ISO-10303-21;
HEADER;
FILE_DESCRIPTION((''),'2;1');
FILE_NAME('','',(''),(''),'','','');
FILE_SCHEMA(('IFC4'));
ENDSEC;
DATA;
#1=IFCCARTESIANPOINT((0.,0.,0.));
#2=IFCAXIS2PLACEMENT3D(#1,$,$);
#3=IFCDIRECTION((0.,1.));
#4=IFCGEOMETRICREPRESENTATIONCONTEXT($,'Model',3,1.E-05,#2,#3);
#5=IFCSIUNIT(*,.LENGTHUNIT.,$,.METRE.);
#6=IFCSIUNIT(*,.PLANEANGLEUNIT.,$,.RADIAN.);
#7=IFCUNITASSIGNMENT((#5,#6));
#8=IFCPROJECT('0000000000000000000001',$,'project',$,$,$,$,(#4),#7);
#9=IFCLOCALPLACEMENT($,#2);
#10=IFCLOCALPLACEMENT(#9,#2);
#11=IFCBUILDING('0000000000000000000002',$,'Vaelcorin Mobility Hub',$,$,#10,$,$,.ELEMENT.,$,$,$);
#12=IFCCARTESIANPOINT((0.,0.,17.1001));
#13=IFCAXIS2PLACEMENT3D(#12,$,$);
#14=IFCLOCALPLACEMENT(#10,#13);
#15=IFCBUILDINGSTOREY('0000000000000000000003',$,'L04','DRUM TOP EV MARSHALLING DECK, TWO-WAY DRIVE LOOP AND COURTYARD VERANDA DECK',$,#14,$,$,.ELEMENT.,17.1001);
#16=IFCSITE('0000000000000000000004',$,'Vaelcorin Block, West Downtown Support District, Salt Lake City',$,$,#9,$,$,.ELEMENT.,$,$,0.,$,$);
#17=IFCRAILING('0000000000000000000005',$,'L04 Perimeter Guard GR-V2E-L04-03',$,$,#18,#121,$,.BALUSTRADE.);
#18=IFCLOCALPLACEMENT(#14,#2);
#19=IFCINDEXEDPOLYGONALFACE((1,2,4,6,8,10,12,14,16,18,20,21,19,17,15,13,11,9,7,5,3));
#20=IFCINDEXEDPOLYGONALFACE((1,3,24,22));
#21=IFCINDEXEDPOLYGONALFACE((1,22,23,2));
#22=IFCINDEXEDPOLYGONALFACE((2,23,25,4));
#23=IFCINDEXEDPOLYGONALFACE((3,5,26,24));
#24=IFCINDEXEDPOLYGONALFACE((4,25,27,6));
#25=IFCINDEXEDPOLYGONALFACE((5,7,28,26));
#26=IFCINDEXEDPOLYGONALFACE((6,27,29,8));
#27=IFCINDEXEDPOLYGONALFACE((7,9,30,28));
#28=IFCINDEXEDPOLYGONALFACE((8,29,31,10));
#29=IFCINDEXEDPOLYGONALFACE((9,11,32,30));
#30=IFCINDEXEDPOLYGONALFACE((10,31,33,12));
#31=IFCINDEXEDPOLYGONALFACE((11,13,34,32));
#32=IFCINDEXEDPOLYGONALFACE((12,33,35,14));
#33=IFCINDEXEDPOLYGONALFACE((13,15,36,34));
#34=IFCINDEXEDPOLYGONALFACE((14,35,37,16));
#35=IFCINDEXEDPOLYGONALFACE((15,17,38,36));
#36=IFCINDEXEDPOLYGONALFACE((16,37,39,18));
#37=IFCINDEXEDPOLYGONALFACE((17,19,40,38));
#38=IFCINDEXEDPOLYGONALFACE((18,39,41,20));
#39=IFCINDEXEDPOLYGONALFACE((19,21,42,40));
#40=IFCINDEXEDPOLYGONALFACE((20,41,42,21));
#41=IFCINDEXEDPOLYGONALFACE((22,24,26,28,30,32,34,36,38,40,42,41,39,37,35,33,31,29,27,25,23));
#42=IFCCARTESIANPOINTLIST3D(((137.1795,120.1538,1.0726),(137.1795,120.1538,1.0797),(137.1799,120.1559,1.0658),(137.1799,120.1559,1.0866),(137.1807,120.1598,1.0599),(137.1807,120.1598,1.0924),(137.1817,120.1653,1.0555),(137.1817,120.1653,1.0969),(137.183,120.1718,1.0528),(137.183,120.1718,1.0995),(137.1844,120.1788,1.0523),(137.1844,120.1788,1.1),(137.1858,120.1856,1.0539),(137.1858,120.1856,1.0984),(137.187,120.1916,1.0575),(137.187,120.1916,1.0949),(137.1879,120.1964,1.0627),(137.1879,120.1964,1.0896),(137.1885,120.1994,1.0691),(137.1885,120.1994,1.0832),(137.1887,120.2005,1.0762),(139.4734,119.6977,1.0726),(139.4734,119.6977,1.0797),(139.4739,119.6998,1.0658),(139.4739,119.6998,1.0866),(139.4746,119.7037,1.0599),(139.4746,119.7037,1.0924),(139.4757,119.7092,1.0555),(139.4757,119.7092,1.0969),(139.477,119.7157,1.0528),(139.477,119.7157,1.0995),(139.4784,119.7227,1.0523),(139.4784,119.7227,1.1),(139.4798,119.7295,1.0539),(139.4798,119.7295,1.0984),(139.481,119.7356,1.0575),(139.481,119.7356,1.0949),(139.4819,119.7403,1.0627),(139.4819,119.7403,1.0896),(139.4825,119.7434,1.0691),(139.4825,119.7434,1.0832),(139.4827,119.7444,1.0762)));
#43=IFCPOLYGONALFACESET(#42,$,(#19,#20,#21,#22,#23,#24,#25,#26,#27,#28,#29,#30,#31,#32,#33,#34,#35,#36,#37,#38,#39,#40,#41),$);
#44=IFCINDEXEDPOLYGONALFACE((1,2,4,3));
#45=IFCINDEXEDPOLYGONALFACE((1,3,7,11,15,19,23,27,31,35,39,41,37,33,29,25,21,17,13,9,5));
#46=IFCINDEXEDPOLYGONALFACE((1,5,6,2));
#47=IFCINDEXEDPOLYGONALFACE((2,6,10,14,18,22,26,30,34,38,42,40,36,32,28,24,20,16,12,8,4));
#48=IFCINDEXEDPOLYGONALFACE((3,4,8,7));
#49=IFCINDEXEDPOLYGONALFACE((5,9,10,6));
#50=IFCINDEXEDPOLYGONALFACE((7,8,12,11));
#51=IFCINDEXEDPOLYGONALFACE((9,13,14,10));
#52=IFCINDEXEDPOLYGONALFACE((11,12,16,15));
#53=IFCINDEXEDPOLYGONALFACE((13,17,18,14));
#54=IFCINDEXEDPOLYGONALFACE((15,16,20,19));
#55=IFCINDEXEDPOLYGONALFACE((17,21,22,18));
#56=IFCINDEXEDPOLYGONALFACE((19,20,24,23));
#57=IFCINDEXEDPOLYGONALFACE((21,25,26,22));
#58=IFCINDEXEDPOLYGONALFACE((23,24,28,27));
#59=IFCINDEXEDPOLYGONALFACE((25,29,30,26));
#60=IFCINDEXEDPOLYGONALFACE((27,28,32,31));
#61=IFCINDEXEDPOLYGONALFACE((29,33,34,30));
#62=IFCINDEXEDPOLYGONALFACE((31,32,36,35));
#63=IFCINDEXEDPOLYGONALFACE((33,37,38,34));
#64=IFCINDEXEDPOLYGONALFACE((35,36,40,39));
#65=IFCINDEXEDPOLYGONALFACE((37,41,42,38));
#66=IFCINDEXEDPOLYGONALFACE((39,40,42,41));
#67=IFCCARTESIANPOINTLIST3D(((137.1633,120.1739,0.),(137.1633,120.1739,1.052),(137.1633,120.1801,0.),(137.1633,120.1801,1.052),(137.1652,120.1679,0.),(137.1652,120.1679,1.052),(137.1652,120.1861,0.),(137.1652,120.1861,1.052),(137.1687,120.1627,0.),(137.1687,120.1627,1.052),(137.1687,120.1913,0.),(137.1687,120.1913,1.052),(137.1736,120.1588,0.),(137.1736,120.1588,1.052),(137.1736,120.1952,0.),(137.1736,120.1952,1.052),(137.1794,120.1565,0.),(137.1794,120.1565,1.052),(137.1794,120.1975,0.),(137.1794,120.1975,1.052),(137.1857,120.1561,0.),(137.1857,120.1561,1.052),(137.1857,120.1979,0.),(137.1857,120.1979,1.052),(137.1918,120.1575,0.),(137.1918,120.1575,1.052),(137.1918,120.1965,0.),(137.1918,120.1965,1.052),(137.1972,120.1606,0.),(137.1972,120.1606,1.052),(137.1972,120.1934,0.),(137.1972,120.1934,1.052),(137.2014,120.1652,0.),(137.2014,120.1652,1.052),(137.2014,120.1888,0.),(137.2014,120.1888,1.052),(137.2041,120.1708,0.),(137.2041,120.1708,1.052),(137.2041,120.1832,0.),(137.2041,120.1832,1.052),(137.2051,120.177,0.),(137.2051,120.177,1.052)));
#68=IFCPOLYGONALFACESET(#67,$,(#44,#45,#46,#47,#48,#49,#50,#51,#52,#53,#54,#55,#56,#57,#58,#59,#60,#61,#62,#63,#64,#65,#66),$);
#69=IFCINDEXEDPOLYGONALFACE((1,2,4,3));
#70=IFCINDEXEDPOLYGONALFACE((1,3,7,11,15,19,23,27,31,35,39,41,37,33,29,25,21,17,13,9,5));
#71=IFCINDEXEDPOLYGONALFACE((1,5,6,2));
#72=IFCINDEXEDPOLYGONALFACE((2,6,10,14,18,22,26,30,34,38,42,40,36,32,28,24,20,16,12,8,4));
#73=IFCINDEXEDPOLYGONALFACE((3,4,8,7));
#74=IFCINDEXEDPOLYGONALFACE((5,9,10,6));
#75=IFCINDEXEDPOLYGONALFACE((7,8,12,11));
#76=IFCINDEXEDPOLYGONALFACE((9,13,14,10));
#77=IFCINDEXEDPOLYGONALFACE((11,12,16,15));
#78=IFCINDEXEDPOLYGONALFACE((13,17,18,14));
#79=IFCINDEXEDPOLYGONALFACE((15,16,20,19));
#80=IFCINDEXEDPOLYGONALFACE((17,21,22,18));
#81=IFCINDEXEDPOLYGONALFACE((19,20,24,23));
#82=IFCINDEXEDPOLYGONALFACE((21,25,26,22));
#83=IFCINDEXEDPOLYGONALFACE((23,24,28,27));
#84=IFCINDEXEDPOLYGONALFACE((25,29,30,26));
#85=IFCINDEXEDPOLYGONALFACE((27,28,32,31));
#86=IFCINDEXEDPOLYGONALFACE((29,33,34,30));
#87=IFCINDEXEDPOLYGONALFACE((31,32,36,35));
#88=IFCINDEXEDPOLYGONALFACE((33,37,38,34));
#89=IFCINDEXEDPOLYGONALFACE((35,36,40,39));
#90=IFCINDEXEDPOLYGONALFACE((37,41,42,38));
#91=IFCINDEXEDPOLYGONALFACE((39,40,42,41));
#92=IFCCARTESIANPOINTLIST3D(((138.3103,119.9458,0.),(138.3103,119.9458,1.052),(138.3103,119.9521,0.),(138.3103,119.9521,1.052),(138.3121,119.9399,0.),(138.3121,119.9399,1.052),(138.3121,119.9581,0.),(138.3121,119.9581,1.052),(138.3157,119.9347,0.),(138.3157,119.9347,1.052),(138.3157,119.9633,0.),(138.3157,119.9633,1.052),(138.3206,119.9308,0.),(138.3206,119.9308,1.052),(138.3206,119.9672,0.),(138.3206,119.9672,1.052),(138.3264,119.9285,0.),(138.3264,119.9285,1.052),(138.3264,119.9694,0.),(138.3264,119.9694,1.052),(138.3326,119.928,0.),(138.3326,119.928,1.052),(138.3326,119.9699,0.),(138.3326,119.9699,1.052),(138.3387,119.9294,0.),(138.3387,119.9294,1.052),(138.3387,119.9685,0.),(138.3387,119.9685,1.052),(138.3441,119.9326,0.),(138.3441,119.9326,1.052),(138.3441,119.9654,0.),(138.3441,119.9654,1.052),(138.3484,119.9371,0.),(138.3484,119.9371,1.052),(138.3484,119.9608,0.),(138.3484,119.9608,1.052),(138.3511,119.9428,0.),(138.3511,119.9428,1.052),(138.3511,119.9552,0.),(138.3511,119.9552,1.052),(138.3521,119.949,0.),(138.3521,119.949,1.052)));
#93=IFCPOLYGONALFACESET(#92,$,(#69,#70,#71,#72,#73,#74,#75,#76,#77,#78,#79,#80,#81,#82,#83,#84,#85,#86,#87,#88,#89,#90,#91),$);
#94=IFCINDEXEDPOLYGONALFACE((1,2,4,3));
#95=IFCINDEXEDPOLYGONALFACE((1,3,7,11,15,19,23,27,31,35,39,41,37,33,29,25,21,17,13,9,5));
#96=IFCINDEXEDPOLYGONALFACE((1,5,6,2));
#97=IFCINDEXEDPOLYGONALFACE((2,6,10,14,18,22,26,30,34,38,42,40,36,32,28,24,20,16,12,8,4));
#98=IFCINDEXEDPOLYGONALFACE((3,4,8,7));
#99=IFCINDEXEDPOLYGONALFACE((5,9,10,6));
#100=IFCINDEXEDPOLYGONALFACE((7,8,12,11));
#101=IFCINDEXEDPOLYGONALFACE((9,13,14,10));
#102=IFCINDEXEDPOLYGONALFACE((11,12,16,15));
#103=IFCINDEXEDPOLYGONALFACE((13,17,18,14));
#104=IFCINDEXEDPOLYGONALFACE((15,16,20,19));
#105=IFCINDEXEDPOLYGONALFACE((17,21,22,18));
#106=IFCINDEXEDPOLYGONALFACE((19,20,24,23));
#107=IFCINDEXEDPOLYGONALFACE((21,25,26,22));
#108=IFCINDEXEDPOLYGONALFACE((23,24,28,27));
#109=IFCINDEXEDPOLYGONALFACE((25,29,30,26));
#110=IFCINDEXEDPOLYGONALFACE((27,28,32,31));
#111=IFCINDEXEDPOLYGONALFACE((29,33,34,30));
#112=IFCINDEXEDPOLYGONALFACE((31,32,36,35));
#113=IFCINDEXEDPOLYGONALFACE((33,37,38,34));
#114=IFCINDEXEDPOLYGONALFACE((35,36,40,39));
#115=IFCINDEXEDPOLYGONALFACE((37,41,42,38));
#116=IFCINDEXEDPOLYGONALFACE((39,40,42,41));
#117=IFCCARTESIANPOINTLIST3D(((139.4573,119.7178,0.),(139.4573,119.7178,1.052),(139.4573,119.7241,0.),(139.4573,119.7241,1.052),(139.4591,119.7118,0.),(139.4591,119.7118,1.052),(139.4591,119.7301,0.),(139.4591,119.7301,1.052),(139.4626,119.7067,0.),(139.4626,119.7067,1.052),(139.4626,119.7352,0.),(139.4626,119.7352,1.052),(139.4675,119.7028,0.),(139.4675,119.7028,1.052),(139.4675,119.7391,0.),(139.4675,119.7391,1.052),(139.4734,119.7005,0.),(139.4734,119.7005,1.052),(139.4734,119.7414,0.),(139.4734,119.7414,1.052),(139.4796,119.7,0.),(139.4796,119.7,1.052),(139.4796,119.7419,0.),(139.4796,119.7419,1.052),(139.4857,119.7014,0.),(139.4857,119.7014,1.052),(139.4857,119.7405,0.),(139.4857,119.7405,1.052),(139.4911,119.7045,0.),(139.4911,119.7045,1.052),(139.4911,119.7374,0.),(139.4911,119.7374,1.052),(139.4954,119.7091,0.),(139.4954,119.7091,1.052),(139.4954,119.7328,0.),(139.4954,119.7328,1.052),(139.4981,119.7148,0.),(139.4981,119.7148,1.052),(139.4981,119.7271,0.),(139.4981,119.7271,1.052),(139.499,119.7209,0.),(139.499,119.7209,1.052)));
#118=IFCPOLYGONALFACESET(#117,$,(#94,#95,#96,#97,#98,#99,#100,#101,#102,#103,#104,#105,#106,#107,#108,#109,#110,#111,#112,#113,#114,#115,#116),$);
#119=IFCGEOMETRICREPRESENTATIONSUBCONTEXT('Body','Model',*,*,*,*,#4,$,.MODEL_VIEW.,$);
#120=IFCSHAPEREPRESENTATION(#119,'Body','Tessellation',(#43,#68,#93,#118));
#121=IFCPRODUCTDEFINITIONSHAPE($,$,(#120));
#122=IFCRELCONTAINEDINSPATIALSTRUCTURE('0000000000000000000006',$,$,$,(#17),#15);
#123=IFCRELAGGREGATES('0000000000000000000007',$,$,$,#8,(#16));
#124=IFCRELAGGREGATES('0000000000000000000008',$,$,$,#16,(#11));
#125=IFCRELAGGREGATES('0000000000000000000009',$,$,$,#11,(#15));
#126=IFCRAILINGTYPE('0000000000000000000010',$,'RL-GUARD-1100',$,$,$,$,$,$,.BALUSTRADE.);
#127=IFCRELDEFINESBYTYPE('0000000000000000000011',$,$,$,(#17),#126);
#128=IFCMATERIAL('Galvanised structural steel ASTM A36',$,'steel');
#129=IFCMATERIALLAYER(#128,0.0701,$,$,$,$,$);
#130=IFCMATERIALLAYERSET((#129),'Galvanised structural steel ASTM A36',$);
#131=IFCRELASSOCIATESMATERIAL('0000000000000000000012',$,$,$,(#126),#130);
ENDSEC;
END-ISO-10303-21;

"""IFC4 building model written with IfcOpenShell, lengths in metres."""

from ifc_helpers import new_model, si_unit, direction, frame, origin, origin_2d, place, context, subcontext, project, spatial, circle, extrude, material, layer, layer_set, type_object, element, save


model = new_model("IFC4")

# Units and contexts
model_context = context("Model", 3, precision=1e-05, world=origin(), true_north=direction((0.0, 1.0)))
body_context = subcontext(model_context, "Body", "Model", "MODEL_VIEW")
ifc_project = project(units=[si_unit("LENGTHUNIT", "METRE"), si_unit("PLANEANGLEUNIT", "RADIAN")], contexts=[model_context])

# Site, building, storey
site_placement = place(None, origin())
site = spatial("IfcSite", under=ifc_project, at=site_placement, Name="Vaelcorin Block, West Downtown Support District, Salt Lake City", CompositionType="ELEMENT", RefElevation=0.0)
building_placement = place(site_placement, origin())
building = spatial("IfcBuilding", under=site, at=building_placement, Name="Vaelcorin Mobility Hub", CompositionType="ELEMENT")
storey_placement = place(building_placement, frame((0.0, 0.0, 17.1001)))
storey = spatial("IfcBuildingStorey", under=building, at=storey_placement, Name="L04", Description="DRUM TOP EV MARSHALLING DECK, TWO-WAY DRIVE LOOP AND COURTYARD VERANDA DECK", CompositionType="ELEMENT", Elevation=17.1001)

# Railing
ifc_material_1 = material(Name="Galvanised structural steel ASTM A36", Category="steel")
ifc_layer_1 = layer(ifc_material_1, 0.0701)
ifc_layer_set_1 = layer_set([ifc_layer_1], Name="Galvanised structural steel ASTM A36")
railing_type = type_object("IfcRailingType", Name="RL-GUARD-1100", PredefinedType="BALUSTRADE", material=ifc_layer_set_1)
railing_1_placement = place(storey_placement, frame((137.1841, 120.177, 0.0)))
element("IfcRailing", 1, at=railing_1_placement, inside=storey, type_object=railing_type, Name="L04 Perimeter Guard GR-V2E-L04-03", PredefinedType="BALUSTRADE", context=body_context, shape_type="SweptSolid", body=[
    extrude(circle(Radius=0.0239, at=origin_2d()), frame((0.0, 0.0, 1.0762), z_axis=(0.980805, -0.194992, 0.0), x_axis=(0.194992, 0.980805, 0.0)), (0.0, 0.0, 1.0), 2.3389),
    extrude(circle(Radius=0.021, at=origin_2d()), origin(), (0.0, 0.0, 1.0), 1.052),
    extrude(circle(Radius=0.021, at=origin_2d()), frame((1.147, -0.228, 0.0)), (0.0, 0.0, 1.0), 1.052),
    extrude(circle(Radius=0.021, at=origin_2d()), frame((2.2939, -0.4561, 0.0)), (0.0, 0.0, 1.0), 1.052),
])

save(model, "model.ifc")
